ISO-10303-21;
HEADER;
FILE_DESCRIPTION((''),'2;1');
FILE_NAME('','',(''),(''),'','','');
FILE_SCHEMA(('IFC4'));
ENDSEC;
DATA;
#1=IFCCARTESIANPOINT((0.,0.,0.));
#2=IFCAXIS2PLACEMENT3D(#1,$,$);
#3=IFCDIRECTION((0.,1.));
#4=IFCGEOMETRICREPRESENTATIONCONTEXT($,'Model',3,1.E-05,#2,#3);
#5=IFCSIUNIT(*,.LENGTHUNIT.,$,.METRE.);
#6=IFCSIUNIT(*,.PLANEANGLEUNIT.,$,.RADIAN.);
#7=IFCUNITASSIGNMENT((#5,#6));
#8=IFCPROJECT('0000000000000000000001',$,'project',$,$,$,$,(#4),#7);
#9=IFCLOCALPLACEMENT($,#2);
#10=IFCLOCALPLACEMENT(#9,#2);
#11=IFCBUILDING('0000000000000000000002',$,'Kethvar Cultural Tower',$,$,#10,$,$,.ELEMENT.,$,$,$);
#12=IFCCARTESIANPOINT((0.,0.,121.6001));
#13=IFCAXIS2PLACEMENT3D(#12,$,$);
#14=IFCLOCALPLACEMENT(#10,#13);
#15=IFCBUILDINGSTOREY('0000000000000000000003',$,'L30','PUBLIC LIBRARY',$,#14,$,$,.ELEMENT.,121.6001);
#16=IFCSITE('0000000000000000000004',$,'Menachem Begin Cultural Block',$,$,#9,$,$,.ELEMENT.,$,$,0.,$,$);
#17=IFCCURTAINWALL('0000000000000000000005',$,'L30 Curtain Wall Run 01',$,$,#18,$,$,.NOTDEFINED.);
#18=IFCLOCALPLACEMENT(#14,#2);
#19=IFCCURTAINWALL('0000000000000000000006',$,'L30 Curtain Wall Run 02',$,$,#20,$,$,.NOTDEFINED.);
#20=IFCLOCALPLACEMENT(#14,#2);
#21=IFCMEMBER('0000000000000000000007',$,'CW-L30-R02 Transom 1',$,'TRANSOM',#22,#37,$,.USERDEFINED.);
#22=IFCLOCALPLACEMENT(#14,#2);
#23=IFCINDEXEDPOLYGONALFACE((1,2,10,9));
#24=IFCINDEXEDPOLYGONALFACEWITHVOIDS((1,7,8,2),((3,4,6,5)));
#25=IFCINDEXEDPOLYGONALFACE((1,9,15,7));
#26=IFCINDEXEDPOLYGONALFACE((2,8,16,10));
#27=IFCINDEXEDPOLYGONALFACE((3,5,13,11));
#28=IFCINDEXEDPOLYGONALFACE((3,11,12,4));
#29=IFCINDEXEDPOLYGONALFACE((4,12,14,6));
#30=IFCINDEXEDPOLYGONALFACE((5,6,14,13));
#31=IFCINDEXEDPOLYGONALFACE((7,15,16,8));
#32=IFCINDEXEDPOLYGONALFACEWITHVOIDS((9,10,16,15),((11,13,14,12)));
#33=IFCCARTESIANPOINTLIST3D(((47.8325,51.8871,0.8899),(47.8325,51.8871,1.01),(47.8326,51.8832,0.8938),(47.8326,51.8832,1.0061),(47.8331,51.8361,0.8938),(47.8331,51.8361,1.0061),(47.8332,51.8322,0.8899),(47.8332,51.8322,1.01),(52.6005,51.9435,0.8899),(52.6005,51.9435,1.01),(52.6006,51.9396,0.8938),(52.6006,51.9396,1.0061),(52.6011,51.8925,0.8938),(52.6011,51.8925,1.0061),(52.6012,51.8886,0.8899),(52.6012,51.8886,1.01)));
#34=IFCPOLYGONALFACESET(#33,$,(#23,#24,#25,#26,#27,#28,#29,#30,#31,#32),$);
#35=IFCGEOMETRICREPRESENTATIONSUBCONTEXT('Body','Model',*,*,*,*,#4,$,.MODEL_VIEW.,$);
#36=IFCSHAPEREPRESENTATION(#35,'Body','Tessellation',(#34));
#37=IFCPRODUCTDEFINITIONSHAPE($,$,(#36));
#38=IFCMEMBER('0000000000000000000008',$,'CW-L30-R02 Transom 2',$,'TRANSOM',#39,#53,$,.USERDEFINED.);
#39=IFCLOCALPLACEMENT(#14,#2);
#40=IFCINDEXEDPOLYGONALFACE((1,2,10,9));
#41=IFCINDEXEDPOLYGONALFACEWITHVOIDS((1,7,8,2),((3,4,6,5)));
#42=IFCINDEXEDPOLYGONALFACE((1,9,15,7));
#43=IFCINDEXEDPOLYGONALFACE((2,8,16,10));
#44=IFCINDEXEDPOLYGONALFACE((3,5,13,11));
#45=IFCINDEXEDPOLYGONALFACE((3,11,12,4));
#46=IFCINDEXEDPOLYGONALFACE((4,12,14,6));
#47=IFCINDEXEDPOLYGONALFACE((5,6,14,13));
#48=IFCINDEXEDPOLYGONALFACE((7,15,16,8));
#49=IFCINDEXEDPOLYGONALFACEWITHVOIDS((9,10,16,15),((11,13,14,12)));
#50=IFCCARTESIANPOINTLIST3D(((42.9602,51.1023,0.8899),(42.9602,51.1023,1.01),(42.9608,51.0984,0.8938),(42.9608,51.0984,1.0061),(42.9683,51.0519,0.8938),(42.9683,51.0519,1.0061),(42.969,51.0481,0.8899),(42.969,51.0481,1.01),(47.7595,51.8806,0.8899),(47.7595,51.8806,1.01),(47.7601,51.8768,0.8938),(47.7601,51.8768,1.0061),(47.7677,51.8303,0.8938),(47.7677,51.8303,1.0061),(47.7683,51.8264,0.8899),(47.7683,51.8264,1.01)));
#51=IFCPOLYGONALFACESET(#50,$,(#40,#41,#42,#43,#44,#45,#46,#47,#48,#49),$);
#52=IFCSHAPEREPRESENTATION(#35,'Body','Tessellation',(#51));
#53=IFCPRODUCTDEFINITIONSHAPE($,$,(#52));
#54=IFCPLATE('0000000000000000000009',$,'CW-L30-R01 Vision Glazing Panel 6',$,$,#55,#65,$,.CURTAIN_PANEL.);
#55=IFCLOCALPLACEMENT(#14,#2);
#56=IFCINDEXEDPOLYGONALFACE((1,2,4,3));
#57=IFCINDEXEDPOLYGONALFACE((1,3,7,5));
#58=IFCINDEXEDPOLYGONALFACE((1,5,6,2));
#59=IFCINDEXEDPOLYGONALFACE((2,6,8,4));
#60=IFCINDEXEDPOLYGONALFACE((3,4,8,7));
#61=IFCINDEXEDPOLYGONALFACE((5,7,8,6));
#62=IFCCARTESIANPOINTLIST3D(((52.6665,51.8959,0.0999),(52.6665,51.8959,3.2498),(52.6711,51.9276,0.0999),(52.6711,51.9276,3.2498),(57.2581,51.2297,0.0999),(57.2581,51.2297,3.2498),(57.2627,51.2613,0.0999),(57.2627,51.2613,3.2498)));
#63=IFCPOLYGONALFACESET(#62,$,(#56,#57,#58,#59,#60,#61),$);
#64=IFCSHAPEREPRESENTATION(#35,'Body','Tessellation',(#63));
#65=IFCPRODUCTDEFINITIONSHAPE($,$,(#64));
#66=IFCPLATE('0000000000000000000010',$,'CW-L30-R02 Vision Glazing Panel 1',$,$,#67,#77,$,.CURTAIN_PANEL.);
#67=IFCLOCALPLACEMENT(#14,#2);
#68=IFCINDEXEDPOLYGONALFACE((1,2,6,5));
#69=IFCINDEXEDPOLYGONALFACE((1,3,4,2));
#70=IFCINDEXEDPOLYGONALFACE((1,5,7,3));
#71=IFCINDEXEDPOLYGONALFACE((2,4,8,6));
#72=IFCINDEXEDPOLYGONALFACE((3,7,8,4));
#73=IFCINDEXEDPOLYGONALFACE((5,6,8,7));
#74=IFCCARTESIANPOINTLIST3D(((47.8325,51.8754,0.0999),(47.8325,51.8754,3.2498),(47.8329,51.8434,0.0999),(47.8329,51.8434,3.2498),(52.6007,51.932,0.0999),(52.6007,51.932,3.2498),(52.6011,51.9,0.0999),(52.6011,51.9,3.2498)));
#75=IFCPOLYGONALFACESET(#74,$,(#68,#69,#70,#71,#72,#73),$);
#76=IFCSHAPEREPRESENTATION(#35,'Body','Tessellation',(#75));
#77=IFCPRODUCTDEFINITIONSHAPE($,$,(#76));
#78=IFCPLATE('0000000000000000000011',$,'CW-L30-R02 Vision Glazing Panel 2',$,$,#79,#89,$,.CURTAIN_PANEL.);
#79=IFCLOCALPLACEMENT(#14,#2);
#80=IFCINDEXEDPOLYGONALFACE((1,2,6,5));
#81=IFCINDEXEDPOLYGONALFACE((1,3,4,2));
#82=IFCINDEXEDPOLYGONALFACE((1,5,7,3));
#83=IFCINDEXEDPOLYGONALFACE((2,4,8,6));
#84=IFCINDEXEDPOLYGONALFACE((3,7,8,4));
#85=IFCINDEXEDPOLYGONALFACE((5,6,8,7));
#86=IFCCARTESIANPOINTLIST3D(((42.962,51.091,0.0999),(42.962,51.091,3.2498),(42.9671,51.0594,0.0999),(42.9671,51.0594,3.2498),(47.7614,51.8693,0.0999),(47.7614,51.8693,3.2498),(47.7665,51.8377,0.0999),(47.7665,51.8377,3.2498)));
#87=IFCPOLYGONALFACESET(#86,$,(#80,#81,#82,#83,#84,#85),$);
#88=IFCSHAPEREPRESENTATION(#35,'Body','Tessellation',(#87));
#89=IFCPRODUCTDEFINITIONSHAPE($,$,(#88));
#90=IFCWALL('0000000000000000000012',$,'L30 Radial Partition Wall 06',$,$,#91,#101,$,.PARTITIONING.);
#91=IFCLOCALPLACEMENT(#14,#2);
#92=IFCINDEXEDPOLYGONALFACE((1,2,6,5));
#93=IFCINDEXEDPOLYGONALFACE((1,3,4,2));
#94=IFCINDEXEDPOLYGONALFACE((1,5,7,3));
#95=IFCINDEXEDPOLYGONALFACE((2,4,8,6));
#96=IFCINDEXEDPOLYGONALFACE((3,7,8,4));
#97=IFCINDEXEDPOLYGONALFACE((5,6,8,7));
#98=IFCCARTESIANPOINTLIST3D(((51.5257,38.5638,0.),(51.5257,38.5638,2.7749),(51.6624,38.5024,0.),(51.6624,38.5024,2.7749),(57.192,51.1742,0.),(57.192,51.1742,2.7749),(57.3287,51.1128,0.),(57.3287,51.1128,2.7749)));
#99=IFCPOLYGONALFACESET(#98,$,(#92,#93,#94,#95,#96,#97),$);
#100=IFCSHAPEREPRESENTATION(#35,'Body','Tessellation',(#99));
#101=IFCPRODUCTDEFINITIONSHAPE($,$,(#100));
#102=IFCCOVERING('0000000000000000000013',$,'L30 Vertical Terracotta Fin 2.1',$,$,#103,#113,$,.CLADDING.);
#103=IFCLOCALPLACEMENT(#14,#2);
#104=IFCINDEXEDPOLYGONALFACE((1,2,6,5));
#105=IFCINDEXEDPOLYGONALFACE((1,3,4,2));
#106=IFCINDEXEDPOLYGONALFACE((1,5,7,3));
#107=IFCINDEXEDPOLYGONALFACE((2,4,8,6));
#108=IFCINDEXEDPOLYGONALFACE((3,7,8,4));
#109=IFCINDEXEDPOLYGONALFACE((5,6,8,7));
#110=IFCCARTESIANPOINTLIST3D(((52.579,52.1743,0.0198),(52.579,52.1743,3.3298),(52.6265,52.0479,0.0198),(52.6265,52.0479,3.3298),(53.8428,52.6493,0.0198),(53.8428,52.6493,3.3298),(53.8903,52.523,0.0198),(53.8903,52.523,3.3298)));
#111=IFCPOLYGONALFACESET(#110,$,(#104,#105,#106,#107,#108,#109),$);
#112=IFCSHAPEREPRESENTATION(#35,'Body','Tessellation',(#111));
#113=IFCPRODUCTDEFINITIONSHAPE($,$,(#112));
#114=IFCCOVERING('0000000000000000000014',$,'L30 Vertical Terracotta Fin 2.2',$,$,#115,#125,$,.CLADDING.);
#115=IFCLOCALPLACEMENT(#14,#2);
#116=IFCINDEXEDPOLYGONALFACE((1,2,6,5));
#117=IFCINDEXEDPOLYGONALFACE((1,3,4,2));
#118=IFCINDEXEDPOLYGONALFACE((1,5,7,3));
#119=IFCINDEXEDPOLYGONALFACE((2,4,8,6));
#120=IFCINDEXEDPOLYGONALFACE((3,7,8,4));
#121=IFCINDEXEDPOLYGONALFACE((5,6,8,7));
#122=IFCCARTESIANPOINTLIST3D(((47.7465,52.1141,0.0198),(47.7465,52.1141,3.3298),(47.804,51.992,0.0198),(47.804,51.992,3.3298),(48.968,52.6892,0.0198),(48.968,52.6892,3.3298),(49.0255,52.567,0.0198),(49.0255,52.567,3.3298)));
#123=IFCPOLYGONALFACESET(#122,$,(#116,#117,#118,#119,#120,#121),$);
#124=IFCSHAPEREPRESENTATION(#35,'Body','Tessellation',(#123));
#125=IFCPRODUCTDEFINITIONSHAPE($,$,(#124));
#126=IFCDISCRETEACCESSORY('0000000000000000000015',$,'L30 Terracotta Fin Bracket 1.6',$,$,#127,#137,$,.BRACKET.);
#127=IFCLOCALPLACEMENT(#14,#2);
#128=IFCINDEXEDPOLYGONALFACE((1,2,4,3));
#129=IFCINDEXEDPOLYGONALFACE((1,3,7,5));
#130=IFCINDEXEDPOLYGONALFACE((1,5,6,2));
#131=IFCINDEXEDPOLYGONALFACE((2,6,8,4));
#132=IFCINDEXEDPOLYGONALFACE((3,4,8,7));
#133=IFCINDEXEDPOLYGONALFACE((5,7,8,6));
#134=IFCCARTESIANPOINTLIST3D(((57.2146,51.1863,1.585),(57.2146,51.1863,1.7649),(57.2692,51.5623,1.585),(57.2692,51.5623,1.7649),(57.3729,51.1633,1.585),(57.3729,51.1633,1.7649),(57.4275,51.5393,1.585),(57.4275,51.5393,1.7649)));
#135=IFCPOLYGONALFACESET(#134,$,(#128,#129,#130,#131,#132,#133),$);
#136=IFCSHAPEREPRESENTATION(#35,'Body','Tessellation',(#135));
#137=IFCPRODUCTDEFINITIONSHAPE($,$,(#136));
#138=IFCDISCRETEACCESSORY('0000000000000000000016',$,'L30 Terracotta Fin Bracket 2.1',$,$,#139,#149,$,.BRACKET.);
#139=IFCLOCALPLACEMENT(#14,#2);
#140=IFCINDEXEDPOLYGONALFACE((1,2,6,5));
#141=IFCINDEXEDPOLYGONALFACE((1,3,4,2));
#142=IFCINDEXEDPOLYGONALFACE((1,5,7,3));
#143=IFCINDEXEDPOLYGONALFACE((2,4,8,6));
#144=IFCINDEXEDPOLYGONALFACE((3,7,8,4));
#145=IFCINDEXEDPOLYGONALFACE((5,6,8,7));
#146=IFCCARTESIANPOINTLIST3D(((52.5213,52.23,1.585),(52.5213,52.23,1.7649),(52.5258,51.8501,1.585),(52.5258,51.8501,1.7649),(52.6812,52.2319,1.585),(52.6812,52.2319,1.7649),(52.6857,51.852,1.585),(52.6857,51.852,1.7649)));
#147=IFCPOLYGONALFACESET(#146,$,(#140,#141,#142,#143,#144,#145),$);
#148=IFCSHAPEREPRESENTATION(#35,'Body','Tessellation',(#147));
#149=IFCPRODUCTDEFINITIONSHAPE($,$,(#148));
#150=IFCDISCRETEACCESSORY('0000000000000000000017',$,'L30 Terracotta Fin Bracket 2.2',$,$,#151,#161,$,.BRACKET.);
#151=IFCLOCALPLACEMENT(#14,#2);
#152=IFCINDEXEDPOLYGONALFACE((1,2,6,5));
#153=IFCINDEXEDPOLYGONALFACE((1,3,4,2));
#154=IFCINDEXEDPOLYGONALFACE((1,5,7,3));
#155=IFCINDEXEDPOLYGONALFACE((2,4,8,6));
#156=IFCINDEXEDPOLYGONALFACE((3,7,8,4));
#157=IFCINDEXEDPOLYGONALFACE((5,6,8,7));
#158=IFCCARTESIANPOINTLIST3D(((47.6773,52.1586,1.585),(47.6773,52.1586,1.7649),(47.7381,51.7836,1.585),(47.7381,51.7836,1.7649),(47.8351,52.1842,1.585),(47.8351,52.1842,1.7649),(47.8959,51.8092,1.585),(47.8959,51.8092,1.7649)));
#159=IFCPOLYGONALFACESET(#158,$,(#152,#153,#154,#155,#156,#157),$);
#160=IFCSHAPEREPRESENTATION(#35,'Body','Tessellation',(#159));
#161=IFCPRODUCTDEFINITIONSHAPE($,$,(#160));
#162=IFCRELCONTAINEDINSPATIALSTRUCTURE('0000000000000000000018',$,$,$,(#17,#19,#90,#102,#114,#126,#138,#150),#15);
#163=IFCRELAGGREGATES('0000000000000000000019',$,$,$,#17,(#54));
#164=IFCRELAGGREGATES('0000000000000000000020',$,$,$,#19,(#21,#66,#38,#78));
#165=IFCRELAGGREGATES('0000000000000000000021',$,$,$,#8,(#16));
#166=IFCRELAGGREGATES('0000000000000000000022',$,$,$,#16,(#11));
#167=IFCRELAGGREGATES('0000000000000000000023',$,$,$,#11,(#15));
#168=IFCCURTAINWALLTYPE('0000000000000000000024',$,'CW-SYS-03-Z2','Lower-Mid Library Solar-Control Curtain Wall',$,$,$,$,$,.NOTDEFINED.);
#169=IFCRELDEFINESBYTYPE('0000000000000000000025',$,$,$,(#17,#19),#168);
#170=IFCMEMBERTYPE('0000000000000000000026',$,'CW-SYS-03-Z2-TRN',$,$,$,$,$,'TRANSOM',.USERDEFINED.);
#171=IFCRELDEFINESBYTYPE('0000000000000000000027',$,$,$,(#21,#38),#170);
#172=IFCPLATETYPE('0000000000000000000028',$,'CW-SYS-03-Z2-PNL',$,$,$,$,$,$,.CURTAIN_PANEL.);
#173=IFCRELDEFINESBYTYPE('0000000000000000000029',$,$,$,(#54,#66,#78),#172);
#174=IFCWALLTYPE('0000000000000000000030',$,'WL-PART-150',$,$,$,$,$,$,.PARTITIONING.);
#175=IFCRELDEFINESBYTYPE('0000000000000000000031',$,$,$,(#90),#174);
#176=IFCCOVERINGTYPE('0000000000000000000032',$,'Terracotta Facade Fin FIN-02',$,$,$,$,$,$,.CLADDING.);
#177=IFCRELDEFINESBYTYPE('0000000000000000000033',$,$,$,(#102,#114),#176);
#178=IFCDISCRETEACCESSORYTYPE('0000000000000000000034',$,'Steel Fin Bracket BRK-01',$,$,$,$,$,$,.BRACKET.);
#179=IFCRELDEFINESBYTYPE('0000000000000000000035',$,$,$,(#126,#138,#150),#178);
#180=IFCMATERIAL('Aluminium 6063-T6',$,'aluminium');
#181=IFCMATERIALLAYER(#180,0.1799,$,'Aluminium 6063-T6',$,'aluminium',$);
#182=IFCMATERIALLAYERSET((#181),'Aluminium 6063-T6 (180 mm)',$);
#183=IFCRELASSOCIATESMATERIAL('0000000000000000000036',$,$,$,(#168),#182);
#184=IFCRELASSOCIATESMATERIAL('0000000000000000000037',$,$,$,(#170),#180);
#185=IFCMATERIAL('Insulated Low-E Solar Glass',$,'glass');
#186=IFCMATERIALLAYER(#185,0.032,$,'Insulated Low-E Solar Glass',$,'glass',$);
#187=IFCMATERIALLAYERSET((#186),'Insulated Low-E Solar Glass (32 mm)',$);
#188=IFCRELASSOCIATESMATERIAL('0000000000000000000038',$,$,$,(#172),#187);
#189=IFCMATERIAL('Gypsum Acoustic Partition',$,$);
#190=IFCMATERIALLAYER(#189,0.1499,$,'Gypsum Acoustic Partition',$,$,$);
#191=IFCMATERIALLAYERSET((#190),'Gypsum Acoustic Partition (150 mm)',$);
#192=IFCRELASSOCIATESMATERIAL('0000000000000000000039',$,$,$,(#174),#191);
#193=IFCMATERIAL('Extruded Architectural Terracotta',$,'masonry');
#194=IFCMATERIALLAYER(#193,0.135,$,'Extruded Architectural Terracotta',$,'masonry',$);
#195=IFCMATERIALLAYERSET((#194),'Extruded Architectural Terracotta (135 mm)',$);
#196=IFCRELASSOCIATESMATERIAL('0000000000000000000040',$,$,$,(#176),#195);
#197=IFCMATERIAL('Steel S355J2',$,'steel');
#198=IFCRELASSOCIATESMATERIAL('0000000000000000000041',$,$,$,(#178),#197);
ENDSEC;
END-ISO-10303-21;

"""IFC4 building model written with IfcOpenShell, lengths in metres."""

from ifc_helpers import new_model, si_unit, direction, frame, frame_2d, origin, origin_2d, place, context, subcontext, project, spatial, rectangle, hollow_rectangle, extrude, source, transform, mapped, material, layer, layer_set, material_profile, profile_set, type_object, element, aggregate, save


model = new_model("IFC4")

# Units and contexts
model_context = context("Model", 3, precision=1e-05, world=origin(), true_north=direction((0.0, 1.0)))
body_context = subcontext(model_context, "Body", "Model", "MODEL_VIEW")
ifc_project = project(units=[si_unit("LENGTHUNIT", "METRE"), si_unit("PLANEANGLEUNIT", "RADIAN")], contexts=[model_context])

# Site, building, storey
site_placement = place(None, origin())
site = spatial("IfcSite", under=ifc_project, at=site_placement, Name="Menachem Begin Cultural Block", CompositionType="ELEMENT", RefElevation=0.0)
building_placement = place(site_placement, origin())
building = spatial("IfcBuilding", under=site, at=building_placement, Name="Kethvar Cultural Tower", CompositionType="ELEMENT")
storey_placement = place(building_placement, frame((0.0, 0.0, 121.6001)))
storey = spatial("IfcBuildingStorey", under=building, at=storey_placement, Name="L30", Description="PUBLIC LIBRARY", CompositionType="ELEMENT", Elevation=121.6001)

# Shared definitions
ifc_material_1 = material(Name="Steel S355J2", Category="steel")

# Curtain walls
ifc_material_2 = material(Name="Aluminium 6063-T6", Category="aluminium")
ifc_layer_1 = layer(ifc_material_2, 0.1799, Name="Aluminium 6063-T6", Category="aluminium")
ifc_layer_set_1 = layer_set([ifc_layer_1], Name="Aluminium 6063-T6 (180 mm)")
curtain_wall_type = type_object("IfcCurtainWallType", Name="CW-SYS-03-Z2", Description="Lower-Mid Library Solar-Control Curtain Wall", PredefinedType="NOTDEFINED", material=ifc_layer_set_1)
curtain_wall_1_placement = place(storey_placement, origin())
curtain_wall_1 = element("IfcCurtainWall", 1, at=curtain_wall_1_placement, inside=storey, type_object=curtain_wall_type, Name="L30 Curtain Wall Run 01", PredefinedType="NOTDEFINED")
curtain_wall_2_placement = place(storey_placement, origin())
curtain_wall_2 = element("IfcCurtainWall", 2, at=curtain_wall_2_placement, inside=storey, type_object=curtain_wall_type, Name="L30 Curtain Wall Run 02", PredefinedType="NOTDEFINED")

# Members
ifc_material_profile_1 = material_profile(ifc_material_2, hollow_rectangle(XDim=0.0549, YDim=0.1201, WallThickness=0.0039, at=origin_2d()), Name="Aluminium 6063-T6 — RHS120x55x4")
ifc_profile_set_1 = profile_set([ifc_material_profile_1], Name="Aluminium 6063-T6 — RHS120x55x4")
member_type_1 = type_object("IfcMemberType", Name="CW-SYS-03-Z2-TRN", ElementType="TRANSOM", PredefinedType="USERDEFINED", material=ifc_profile_set_1)
shared_shape_1 = source(origin(), body_context, "Body", "SweptSolid", [
    extrude(hollow_rectangle(XDim=0.0549, YDim=0.1201, WallThickness=0.0039, at=origin_2d()), origin(), (0.0, 0.0, 1.0), 4.7683),
])
member_1_placement = place(storey_placement, frame((52.6008, 51.916, 0.95), z_axis=(-0.99993, -0.011827, 0.0), x_axis=(0.011827, -0.99993, 0.0)))
member_1 = element("IfcMember", 3, at=member_1_placement, type_object=member_type_1, Name="CW-L30-R02 Transom 1", ObjectType="TRANSOM", PredefinedType="USERDEFINED", context=body_context, shape_type="MappedRepresentation", body=[
    mapped(shared_shape_1, transform((0.0, 0.0, 0.0), scale=1.0)),
])
shared_shape_2 = source(origin(), body_context, "Body", "SweptSolid", [
    extrude(hollow_rectangle(XDim=0.0549, YDim=0.1201, WallThickness=0.0039, at=origin_2d()), origin(), (0.0, 0.0, 1.0), 4.8621),
])
member_2_placement = place(storey_placement, frame((47.7639, 51.8535, 0.95), z_axis=(-0.987104, -0.160082, 0.0), x_axis=(0.160082, -0.987104, 0.0)))
member_2 = element("IfcMember", 4, at=member_2_placement, type_object=member_type_1, Name="CW-L30-R02 Transom 2", ObjectType="TRANSOM", PredefinedType="USERDEFINED", context=body_context, shape_type="MappedRepresentation", body=[
    mapped(shared_shape_2, transform((0.0, 0.0, 0.0), scale=1.0)),
])

# Plates
ifc_material_3 = material(Name="Insulated Low-E Solar Glass", Category="glass")
ifc_layer_2 = layer(ifc_material_3, 0.032, Name="Insulated Low-E Solar Glass", Category="glass")
ifc_layer_set_2 = layer_set([ifc_layer_2], Name="Insulated Low-E Solar Glass (32 mm)")
plate_type = type_object("IfcPlateType", Name="CW-SYS-03-Z2-PNL", PredefinedType="CURTAIN_PANEL", material=ifc_layer_set_2)
shared_shape_3 = source(origin(), body_context, "Body", "SweptSolid", [
    extrude(rectangle(XDim=4.6396, YDim=0.032, at=origin_2d()), origin(), (0.0, 0.0, 1.0), 3.1499),
])
plate_1_placement = place(storey_placement, frame((54.9646, 51.5786, 0.0999), z_axis=(0.0, 0.0, 1.0), x_axis=(-0.989636, 0.143596, 0.0)))
plate_1 = element("IfcPlate", 5, at=plate_1_placement, type_object=plate_type, Name="CW-L30-R01 Vision Glazing Panel 6", PredefinedType="CURTAIN_PANEL", context=body_context, shape_type="MappedRepresentation", body=[
    mapped(shared_shape_3, transform((0.0, 0.0, 0.0), scale=1.0)),
])
aggregate(curtain_wall_1, [plate_1])
shared_shape_4 = source(origin(), body_context, "Body", "SweptSolid", [
    extrude(rectangle(XDim=4.7686, YDim=0.032, at=origin_2d()), origin(), (0.0, 0.0, 1.0), 3.1499),
])
plate_2_placement = place(storey_placement, frame((50.2168, 51.8877, 0.0999), z_axis=(0.0, 0.0, 1.0), x_axis=(-0.99993, -0.011868, 0.0)))
plate_2 = element("IfcPlate", 6, at=plate_2_placement, type_object=plate_type, Name="CW-L30-R02 Vision Glazing Panel 1", PredefinedType="CURTAIN_PANEL", context=body_context, shape_type="MappedRepresentation", body=[
    mapped(shared_shape_4, transform((0.0, 0.0, 0.0), scale=1.0)),
])
shared_shape_5 = source(origin(), body_context, "Body", "SweptSolid", [
    extrude(rectangle(XDim=4.8621, YDim=0.032, at=origin_2d()), origin(), (0.0, 0.0, 1.0), 3.1499),
])
plate_3_placement = place(storey_placement, frame((45.3643, 51.4644, 0.0999), z_axis=(0.0, 0.0, 1.0), x_axis=(-0.987106, -0.160071, 0.0)))
plate_3 = element("IfcPlate", 7, at=plate_3_placement, type_object=plate_type, Name="CW-L30-R02 Vision Glazing Panel 2", PredefinedType="CURTAIN_PANEL", context=body_context, shape_type="MappedRepresentation", body=[
    mapped(shared_shape_5, transform((0.0, 0.0, 0.0), scale=1.0)),
])
aggregate(curtain_wall_2, [member_1, plate_2, member_2, plate_3])

# Wall
ifc_material_4 = material(Name="Gypsum Acoustic Partition")
ifc_layer_3 = layer(ifc_material_4, 0.1499, Name="Gypsum Acoustic Partition")
ifc_layer_set_3 = layer_set([ifc_layer_3], Name="Gypsum Acoustic Partition (150 mm)")
wall_type_1 = type_object("IfcWallType", Name="WL-PART-150", PredefinedType="PARTITIONING", material=ifc_layer_set_3)
wall_1_placement = place(storey_placement, frame((51.594, 38.533, 0.0), z_axis=(0.0, 0.0, 1.0), x_axis=(0.409859, 0.912149, 0.0)))
element("IfcWall", 8, at=wall_1_placement, inside=storey, type_object=wall_type_1, Name="L30 Radial Partition Wall 06", PredefinedType="PARTITIONING", context=body_context, shape_type="SweptSolid", body=[
    extrude(rectangle(XDim=13.825, YDim=0.1499, at=frame_2d((6.9126, 0.0))), origin(), (0.0, 0.0, 1.0), 2.7749),
])

# Coverings
ifc_material_5 = material(Name="Extruded Architectural Terracotta", Category="masonry")
ifc_layer_4 = layer(ifc_material_5, 0.135, Name="Extruded Architectural Terracotta", Category="masonry")
ifc_layer_set_4 = layer_set([ifc_layer_4], Name="Extruded Architectural Terracotta (135 mm)")
covering_type = type_object("IfcCoveringType", Name="Terracotta Facade Fin FIN-02", PredefinedType="CLADDING", material=ifc_layer_set_4)
shared_shape_6 = source(origin(), body_context, "Body", "SweptSolid", [
    extrude(rectangle(XDim=1.3501, YDim=0.135, at=origin_2d()), origin(), (0.0, 0.0, 1.0), 3.3101),
])
for number, where, z_axis, x_axis, name in (
    (9, (53.2346, 52.3486, 0.0198), (0.0, 0.0, 1.0), (0.93606, 0.351842, 0.0), "L30 Vertical Terracotta Fin 2.1"),
    (10, (48.386, 52.3406, 0.0198), (0.0, 0.0, 1.0), (0.904753, 0.425937, 0.0), "L30 Vertical Terracotta Fin 2.2"),
):
    element("IfcCovering", number, at=place(storey_placement, frame(where, z_axis=z_axis, x_axis=x_axis)), inside=storey, type_object=covering_type, Name=name, PredefinedType="CLADDING", context=body_context, shape_type="MappedRepresentation", body=[
        mapped(shared_shape_6, transform((0.0, 0.0, 0.0), scale=1.0)),
    ])

# Discrete accessories
discrete_accessory_type = type_object("IfcDiscreteAccessoryType", Name="Steel Fin Bracket BRK-01", PredefinedType="BRACKET", material=ifc_material_1)
shared_shape_7 = source(origin(), body_context, "Body", "SweptSolid", [
    extrude(rectangle(XDim=0.3799, YDim=0.1599, at=origin_2d()), origin(), (0.0, 0.0, 1.0), 0.1799),
])
for number, where, z_axis, x_axis, name in (
    (11, (57.321, 51.3628, 1.585), (0.0, 0.0, 1.0), (0.143665, 0.989626, 0.0), "L30 Terracotta Fin Bracket 1.6"),
    (12, (52.6035, 52.041, 1.585), (0.0, 0.0, 1.0), (-0.011868, 0.99993, 0.0), "L30 Terracotta Fin Bracket 2.1"),
    (13, (47.7866, 51.9839, 1.585), (0.0, 0.0, 1.0), (-0.160053, 0.987108, 0.0), "L30 Terracotta Fin Bracket 2.2"),
):
    element("IfcDiscreteAccessory", number, at=place(storey_placement, frame(where, z_axis=z_axis, x_axis=x_axis)), inside=storey, type_object=discrete_accessory_type, Name=name, PredefinedType="BRACKET", context=body_context, shape_type="MappedRepresentation", body=[
        mapped(shared_shape_7, transform((0.0, 0.0, 0.0), scale=1.0)),
    ])

save(model, "model.ifc")
